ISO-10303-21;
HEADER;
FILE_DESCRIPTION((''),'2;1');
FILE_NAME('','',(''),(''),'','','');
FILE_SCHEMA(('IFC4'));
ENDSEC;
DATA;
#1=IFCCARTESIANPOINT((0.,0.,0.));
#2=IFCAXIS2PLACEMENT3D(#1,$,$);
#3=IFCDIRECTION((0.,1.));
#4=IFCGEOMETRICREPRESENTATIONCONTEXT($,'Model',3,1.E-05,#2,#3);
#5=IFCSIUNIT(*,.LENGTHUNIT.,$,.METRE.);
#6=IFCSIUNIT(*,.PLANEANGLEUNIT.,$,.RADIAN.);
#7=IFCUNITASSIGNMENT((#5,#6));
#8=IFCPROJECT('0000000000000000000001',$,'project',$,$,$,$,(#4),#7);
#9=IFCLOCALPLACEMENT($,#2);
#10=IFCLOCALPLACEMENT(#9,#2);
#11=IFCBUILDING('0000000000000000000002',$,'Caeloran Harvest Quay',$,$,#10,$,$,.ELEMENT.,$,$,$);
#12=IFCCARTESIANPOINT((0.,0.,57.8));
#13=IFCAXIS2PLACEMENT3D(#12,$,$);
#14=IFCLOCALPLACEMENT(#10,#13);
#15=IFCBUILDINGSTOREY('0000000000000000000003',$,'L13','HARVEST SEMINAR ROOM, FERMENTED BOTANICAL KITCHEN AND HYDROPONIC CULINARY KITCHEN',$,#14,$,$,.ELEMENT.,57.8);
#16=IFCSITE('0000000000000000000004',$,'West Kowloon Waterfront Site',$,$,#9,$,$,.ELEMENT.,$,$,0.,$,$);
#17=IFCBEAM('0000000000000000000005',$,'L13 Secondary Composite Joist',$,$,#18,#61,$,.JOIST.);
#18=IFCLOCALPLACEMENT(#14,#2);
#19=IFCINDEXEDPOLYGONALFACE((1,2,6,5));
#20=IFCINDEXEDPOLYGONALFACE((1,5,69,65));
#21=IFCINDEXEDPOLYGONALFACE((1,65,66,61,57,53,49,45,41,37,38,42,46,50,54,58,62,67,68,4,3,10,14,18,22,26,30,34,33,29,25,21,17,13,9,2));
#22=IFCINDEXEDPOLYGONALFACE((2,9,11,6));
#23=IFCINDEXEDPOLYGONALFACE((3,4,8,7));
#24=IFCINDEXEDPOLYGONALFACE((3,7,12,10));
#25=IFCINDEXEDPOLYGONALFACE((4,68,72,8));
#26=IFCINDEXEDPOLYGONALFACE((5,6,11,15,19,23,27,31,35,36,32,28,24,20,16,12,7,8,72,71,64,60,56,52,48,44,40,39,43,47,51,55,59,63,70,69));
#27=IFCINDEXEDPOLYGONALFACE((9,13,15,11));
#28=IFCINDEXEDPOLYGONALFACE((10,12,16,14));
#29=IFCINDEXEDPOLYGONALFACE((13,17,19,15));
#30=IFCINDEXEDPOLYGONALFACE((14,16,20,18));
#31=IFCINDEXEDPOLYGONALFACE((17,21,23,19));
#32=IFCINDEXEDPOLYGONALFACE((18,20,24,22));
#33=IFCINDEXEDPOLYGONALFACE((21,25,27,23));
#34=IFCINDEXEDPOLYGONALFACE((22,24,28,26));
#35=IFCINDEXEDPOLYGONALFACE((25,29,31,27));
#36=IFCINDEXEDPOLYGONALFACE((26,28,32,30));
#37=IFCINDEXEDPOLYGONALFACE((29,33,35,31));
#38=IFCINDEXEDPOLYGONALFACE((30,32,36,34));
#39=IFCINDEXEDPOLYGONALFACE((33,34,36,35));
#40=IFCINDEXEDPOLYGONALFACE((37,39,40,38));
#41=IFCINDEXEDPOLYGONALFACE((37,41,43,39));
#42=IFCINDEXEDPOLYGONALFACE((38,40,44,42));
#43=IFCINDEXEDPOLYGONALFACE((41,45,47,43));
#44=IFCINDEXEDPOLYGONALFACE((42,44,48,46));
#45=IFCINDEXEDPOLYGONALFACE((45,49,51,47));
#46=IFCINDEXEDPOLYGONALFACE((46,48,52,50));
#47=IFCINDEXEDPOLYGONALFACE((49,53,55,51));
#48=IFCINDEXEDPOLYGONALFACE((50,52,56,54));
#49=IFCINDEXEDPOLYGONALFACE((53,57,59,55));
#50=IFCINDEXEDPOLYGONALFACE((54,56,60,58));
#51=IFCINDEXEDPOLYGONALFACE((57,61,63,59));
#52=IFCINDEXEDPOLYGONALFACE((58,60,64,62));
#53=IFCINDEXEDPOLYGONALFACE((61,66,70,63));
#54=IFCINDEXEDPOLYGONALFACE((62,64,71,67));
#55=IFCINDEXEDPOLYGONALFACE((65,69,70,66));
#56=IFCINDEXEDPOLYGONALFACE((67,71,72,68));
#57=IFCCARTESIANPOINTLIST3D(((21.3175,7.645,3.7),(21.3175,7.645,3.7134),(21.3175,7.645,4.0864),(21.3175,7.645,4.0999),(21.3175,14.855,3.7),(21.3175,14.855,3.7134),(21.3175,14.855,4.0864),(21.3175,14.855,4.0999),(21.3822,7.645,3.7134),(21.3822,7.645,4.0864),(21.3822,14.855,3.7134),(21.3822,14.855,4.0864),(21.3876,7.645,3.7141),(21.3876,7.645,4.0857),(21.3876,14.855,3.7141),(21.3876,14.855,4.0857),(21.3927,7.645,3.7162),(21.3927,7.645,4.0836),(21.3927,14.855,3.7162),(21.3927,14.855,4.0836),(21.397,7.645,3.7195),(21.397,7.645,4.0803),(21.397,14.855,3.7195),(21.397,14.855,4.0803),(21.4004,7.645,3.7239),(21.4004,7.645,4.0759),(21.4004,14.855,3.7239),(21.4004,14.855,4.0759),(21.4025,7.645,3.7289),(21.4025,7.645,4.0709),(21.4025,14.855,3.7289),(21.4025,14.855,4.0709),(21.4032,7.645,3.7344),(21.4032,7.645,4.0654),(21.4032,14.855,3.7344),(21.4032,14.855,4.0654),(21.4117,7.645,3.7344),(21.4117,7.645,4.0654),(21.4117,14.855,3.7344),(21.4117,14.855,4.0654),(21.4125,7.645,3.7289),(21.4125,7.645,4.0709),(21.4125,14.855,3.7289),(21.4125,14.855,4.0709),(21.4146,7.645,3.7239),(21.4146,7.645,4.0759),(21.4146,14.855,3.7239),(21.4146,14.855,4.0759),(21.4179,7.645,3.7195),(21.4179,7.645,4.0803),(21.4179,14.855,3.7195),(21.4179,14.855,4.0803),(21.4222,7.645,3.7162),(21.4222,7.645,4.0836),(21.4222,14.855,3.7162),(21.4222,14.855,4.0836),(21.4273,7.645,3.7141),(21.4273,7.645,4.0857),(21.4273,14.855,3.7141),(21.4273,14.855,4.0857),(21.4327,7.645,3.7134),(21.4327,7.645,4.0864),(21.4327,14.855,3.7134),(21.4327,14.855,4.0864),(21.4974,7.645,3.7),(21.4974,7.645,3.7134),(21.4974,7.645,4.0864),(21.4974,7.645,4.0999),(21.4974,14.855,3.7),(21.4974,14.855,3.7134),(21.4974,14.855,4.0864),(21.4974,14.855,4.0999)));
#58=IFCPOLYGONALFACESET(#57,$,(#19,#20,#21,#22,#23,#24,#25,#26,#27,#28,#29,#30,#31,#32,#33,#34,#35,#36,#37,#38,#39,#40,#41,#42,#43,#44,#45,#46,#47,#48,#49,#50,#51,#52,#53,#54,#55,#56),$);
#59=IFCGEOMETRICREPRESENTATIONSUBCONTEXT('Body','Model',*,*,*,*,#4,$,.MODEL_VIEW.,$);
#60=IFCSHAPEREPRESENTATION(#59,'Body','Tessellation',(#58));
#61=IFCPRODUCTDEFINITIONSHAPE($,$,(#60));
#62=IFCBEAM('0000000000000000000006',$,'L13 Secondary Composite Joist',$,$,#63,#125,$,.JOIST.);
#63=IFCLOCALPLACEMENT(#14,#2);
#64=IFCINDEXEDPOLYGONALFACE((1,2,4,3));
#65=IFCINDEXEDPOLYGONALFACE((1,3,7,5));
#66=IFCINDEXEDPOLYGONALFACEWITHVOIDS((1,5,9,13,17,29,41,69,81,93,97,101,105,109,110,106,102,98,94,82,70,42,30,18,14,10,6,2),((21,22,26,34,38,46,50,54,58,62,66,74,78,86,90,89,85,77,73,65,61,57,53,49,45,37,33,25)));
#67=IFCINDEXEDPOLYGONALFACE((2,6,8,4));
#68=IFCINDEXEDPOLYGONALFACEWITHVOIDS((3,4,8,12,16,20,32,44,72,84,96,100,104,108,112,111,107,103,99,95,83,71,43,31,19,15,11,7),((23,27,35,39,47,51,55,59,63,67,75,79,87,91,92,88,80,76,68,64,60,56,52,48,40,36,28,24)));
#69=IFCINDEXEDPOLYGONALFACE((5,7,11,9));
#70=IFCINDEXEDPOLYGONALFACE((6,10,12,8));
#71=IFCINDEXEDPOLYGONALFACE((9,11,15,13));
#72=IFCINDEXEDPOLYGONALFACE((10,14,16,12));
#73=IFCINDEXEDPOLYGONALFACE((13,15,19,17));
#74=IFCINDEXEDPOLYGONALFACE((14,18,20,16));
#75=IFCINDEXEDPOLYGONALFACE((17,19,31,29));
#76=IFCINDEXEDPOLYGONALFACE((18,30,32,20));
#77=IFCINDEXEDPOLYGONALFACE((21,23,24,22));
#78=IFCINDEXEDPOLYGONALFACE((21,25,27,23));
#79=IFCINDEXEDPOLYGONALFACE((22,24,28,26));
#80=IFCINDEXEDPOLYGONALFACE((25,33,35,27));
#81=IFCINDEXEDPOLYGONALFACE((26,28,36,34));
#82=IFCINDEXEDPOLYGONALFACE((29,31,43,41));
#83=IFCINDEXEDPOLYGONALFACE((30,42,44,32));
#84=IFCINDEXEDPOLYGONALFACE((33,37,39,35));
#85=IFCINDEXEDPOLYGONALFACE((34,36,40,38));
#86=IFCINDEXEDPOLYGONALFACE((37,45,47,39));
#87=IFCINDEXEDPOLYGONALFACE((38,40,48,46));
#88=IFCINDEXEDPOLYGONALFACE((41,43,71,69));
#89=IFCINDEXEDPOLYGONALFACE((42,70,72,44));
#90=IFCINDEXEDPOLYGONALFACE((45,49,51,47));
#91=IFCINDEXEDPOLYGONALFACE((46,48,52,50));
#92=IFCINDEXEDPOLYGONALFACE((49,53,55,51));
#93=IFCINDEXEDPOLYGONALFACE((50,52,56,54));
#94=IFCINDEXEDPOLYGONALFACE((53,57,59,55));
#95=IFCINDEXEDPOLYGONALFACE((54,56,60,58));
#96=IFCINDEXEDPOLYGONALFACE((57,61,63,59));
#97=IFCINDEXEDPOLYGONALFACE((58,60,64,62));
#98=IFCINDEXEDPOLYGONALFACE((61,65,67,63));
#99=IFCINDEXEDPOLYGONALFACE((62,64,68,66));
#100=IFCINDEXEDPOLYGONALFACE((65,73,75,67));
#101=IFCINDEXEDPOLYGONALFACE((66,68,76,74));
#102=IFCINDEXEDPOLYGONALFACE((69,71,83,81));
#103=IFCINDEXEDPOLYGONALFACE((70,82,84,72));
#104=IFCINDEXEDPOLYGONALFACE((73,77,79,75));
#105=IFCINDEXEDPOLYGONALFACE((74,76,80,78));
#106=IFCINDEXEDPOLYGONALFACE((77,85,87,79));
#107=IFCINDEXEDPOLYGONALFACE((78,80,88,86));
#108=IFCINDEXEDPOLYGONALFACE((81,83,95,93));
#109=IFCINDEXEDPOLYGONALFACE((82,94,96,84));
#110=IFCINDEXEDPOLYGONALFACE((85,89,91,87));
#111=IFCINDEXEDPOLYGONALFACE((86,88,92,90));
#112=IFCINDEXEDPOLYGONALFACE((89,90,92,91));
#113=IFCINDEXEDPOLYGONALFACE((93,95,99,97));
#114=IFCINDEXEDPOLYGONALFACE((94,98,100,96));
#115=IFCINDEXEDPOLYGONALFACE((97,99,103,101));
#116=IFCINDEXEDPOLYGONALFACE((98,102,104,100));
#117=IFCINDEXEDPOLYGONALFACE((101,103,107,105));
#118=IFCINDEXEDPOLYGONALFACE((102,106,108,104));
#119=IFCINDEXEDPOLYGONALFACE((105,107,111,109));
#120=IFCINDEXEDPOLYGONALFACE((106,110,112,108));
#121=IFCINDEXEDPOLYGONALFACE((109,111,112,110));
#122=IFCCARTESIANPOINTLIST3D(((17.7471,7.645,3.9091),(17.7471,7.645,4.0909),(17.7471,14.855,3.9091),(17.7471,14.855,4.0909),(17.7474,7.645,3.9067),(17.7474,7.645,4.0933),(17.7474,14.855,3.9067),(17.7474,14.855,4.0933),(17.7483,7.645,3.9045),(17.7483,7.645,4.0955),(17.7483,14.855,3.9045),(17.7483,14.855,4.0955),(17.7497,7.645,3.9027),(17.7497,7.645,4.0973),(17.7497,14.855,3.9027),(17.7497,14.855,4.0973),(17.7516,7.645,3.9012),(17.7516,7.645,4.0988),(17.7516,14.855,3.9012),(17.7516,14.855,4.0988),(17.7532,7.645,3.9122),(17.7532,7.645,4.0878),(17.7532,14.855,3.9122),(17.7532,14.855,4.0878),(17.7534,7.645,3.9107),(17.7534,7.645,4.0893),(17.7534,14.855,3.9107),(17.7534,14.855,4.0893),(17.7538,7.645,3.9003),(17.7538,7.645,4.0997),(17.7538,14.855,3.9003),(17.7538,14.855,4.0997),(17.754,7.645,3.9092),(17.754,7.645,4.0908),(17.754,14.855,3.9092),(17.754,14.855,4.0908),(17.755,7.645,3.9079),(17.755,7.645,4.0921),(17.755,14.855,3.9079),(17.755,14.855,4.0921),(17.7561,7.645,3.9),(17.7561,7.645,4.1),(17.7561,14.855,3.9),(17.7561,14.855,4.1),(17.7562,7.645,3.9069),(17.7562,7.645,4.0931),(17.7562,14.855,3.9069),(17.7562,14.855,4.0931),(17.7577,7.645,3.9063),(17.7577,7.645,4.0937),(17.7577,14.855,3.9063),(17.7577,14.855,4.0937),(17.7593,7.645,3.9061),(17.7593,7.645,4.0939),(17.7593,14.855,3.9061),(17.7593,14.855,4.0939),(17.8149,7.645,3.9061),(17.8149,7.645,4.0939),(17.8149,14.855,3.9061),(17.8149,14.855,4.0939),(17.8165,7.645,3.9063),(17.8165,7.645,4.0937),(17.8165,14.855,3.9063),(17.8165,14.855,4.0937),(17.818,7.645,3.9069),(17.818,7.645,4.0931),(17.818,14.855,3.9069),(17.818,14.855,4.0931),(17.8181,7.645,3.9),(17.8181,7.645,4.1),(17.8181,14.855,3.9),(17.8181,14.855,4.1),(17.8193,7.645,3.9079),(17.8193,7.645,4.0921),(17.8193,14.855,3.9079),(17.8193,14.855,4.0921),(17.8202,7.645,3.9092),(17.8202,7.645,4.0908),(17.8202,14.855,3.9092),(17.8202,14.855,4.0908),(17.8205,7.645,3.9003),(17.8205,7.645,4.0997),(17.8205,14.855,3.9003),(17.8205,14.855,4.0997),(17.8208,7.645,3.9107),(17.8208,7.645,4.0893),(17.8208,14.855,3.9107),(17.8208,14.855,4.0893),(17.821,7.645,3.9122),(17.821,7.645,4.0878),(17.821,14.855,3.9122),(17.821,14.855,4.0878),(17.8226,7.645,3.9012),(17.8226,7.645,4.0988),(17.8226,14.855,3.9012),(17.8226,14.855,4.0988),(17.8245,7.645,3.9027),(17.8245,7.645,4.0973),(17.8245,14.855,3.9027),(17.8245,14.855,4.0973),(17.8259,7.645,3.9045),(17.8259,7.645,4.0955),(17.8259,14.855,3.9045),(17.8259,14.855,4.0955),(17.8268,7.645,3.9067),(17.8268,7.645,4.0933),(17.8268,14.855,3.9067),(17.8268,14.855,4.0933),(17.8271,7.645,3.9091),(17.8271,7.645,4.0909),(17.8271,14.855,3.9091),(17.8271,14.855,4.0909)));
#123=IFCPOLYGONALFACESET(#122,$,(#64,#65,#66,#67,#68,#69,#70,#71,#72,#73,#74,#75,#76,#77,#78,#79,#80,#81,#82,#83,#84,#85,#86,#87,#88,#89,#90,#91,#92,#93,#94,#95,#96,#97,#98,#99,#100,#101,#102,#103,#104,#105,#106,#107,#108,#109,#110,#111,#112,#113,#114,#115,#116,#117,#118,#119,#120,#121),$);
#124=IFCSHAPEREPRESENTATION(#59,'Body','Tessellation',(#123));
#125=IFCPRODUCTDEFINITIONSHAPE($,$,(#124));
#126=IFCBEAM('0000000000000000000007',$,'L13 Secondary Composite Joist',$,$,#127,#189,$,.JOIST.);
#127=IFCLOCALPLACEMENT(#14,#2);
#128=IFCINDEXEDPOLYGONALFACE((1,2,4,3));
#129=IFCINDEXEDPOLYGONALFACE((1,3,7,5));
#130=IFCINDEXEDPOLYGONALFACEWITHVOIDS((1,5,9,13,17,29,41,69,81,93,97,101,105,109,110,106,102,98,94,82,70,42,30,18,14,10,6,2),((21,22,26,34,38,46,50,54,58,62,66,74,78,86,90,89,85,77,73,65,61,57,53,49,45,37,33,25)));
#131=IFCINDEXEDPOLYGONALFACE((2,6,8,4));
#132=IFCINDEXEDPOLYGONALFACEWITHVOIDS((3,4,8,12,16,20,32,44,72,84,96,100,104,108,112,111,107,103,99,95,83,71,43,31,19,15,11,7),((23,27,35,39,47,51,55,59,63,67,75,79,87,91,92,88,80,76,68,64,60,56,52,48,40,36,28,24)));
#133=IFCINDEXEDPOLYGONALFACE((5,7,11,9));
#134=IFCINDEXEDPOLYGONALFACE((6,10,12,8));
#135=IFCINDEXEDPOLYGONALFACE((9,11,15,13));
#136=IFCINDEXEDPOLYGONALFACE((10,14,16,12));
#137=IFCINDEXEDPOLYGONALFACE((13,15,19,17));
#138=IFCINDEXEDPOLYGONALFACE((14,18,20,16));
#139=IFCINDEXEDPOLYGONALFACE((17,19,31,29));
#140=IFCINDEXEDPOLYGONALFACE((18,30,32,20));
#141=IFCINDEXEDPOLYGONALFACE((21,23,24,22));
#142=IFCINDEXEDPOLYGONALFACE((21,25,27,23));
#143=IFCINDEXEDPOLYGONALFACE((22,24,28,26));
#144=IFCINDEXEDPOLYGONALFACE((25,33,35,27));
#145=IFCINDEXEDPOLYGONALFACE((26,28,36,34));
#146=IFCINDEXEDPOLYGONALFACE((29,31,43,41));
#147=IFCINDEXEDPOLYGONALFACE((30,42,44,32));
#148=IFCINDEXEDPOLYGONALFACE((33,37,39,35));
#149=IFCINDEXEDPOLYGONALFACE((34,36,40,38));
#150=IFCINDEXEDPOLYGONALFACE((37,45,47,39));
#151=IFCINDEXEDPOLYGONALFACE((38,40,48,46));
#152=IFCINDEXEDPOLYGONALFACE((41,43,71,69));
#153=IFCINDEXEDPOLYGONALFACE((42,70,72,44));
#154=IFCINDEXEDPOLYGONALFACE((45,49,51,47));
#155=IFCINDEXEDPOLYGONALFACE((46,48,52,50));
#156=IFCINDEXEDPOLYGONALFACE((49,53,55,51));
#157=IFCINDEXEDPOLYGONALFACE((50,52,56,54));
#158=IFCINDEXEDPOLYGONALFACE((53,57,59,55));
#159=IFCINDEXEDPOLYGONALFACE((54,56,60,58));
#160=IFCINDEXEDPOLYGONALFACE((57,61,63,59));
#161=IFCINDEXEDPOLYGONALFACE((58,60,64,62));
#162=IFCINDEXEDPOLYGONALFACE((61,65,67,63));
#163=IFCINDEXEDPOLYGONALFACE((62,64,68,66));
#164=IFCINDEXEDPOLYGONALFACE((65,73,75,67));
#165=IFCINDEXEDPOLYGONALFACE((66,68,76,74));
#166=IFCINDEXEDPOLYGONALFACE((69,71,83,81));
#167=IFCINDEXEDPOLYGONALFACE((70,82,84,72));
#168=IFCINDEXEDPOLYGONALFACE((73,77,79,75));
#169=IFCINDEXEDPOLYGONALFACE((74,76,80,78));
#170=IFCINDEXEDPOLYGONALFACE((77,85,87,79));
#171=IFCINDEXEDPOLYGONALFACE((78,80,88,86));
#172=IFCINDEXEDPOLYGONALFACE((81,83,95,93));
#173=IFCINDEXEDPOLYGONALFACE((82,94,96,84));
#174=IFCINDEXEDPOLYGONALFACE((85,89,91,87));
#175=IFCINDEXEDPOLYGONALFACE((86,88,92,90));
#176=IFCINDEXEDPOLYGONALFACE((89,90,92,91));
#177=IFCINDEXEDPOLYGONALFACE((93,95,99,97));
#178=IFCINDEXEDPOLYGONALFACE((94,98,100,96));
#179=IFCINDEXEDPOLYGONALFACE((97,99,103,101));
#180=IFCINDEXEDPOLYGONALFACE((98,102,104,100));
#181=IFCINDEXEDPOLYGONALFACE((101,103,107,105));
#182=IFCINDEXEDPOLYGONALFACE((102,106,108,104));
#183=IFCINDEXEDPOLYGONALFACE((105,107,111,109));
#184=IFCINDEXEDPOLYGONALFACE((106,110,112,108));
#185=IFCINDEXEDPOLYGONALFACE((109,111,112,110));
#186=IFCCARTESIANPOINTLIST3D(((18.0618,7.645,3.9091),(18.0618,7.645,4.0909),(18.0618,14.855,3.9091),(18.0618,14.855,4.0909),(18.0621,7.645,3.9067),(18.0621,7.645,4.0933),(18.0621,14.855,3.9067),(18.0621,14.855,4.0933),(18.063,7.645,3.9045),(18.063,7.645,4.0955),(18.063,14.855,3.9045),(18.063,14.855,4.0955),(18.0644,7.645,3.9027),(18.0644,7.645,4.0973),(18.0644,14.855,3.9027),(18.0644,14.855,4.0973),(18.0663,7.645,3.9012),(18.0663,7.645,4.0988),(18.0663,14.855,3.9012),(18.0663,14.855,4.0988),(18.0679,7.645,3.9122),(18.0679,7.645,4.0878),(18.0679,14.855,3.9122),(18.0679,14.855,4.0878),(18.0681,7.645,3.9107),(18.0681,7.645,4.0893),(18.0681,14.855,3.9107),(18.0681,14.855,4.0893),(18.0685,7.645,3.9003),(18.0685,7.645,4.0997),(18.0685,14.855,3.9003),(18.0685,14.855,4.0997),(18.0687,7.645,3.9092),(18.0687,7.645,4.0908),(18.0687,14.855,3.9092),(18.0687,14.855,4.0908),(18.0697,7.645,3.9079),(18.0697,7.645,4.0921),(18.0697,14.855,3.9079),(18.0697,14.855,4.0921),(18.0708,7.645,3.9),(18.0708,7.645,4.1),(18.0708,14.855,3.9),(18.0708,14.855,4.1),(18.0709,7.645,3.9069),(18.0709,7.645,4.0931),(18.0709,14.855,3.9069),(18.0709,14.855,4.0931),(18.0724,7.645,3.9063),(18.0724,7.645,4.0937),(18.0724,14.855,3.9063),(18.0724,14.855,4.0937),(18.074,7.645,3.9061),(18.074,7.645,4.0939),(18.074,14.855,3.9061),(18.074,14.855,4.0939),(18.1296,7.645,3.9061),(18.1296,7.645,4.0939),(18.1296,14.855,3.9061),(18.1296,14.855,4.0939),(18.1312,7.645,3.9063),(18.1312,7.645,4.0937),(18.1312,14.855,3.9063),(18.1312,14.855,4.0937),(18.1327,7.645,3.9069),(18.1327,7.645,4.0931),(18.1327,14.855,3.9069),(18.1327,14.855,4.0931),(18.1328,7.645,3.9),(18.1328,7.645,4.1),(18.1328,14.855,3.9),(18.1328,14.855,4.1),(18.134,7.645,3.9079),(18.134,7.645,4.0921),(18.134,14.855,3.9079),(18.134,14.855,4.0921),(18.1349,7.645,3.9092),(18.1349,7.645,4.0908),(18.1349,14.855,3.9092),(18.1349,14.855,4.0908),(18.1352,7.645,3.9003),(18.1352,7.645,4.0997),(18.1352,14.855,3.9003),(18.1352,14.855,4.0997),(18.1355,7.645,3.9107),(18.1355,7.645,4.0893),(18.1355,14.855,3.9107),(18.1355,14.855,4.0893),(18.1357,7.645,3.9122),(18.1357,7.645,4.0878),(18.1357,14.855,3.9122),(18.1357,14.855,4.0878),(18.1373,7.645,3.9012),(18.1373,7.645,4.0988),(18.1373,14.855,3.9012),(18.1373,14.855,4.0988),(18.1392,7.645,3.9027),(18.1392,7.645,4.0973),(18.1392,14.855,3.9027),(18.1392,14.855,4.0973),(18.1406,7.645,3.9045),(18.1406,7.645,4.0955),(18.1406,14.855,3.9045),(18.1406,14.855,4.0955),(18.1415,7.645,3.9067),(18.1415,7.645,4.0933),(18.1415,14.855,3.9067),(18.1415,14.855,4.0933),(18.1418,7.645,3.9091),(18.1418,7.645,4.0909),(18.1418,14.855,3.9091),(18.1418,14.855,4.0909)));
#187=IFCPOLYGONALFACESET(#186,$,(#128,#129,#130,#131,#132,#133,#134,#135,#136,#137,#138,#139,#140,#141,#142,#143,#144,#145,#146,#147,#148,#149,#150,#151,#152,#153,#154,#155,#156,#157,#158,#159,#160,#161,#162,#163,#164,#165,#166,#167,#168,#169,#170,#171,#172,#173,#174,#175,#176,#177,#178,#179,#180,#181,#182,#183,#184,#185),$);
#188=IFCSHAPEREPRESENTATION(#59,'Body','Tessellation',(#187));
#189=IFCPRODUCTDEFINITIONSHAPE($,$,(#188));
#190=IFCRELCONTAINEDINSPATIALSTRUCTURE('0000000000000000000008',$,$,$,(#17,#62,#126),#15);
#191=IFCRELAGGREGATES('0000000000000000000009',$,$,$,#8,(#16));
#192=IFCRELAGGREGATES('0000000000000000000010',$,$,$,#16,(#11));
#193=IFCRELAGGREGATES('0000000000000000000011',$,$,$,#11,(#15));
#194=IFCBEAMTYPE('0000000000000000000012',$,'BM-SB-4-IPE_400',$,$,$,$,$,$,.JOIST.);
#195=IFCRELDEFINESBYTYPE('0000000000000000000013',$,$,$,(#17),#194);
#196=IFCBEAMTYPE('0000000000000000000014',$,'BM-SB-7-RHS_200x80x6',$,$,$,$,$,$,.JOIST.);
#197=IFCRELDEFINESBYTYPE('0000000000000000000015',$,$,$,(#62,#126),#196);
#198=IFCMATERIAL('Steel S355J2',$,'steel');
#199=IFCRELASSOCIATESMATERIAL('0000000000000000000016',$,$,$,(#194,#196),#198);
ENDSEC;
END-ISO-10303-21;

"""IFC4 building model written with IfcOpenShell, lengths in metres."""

from ifc_helpers import new_model, si_unit, direction, frame, origin, origin_2d, place, context, subcontext, project, spatial, hollow_rectangle, i_section, extrude, material, material_profile, profile_set, type_object, element, save


model = new_model("IFC4")

# Units and contexts
model_context = context("Model", 3, precision=1e-05, world=origin(), true_north=direction((0.0, 1.0)))
body_context = subcontext(model_context, "Body", "Model", "MODEL_VIEW")
ifc_project = project(units=[si_unit("LENGTHUNIT", "METRE"), si_unit("PLANEANGLEUNIT", "RADIAN")], contexts=[model_context])

# Site, building, storey
site_placement = place(None, origin())
site = spatial("IfcSite", under=ifc_project, at=site_placement, Name="West Kowloon Waterfront Site", CompositionType="ELEMENT", RefElevation=0.0)
building_placement = place(site_placement, origin())
building = spatial("IfcBuilding", under=site, at=building_placement, Name="Caeloran Harvest Quay", CompositionType="ELEMENT")
storey_placement = place(building_placement, frame((0.0, 0.0, 57.8)))
storey = spatial("IfcBuildingStorey", under=building, at=storey_placement, Name="L13", Description="HARVEST SEMINAR ROOM, FERMENTED BOTANICAL KITCHEN AND HYDROPONIC CULINARY KITCHEN", CompositionType="ELEMENT", Elevation=57.8)

# Beams
ifc_material = material(Name="Steel S355J2", Category="steel")
ifc_material_profile_1 = material_profile(ifc_material, i_section(OverallWidth=0.1799, OverallDepth=0.3999, WebThickness=0.0085, FlangeThickness=0.0134, FilletRadius=0.021, at=origin_2d()), Name="IPE 400")
ifc_profile_set_1 = profile_set([ifc_material_profile_1], Name="Steel S355J2")
beam_type_1 = type_object("IfcBeamType", Name="BM-SB-4-IPE_400", PredefinedType="JOIST", material=ifc_profile_set_1)
for number, where, z_axis, x_axis, name in (
    (1, (21.4075, 7.645, 3.8999), (0.0, 1.0, 0.0), (-1.0, 0.0, 0.0), "L13 Secondary Composite Joist"),
):
    element("IfcBeam", number, at=place(storey_placement, frame(where, z_axis=z_axis, x_axis=x_axis)), inside=storey, type_object=beam_type_1, Name=name, PredefinedType="JOIST", context=body_context, shape_type="SweptSolid", body=[
        extrude(i_section(OverallWidth=0.1799, OverallDepth=0.3999, WebThickness=0.0085, FlangeThickness=0.0134, FilletRadius=0.021, at=origin_2d()), origin(), (0.0, 0.0, 1.0), 7.21),
    ])
ifc_material_profile_2 = material_profile(ifc_material, hollow_rectangle(XDim=0.0801, YDim=0.2, WallThickness=0.0061, InnerFilletRadius=0.0061, OuterFilletRadius=0.009, at=origin_2d()), Name="RHS 200x80x6")
ifc_profile_set_2 = profile_set([ifc_material_profile_2], Name="Steel S355J2")
beam_type_2 = type_object("IfcBeamType", Name="BM-SB-7-RHS_200x80x6", PredefinedType="JOIST", material=ifc_profile_set_2)
for number, where, z_axis, x_axis, name in (
    (2, (17.7871, 7.645, 4.0), (0.0, 1.0, 0.0), (-1.0, 0.0, 0.0), "L13 Secondary Composite Joist"),
    (3, (18.1018, 7.645, 4.0), (0.0, 1.0, 0.0), (-1.0, 0.0, 0.0), "L13 Secondary Composite Joist"),
):
    element("IfcBeam", number, at=place(storey_placement, frame(where, z_axis=z_axis, x_axis=x_axis)), inside=storey, type_object=beam_type_2, Name=name, PredefinedType="JOIST", context=body_context, shape_type="SweptSolid", body=[
        extrude(hollow_rectangle(XDim=0.0801, YDim=0.2, WallThickness=0.0061, InnerFilletRadius=0.0061, OuterFilletRadius=0.009, at=origin_2d()), origin(), (0.0, 0.0, 1.0), 7.21),
    ])

save(model, "model.ifc")
